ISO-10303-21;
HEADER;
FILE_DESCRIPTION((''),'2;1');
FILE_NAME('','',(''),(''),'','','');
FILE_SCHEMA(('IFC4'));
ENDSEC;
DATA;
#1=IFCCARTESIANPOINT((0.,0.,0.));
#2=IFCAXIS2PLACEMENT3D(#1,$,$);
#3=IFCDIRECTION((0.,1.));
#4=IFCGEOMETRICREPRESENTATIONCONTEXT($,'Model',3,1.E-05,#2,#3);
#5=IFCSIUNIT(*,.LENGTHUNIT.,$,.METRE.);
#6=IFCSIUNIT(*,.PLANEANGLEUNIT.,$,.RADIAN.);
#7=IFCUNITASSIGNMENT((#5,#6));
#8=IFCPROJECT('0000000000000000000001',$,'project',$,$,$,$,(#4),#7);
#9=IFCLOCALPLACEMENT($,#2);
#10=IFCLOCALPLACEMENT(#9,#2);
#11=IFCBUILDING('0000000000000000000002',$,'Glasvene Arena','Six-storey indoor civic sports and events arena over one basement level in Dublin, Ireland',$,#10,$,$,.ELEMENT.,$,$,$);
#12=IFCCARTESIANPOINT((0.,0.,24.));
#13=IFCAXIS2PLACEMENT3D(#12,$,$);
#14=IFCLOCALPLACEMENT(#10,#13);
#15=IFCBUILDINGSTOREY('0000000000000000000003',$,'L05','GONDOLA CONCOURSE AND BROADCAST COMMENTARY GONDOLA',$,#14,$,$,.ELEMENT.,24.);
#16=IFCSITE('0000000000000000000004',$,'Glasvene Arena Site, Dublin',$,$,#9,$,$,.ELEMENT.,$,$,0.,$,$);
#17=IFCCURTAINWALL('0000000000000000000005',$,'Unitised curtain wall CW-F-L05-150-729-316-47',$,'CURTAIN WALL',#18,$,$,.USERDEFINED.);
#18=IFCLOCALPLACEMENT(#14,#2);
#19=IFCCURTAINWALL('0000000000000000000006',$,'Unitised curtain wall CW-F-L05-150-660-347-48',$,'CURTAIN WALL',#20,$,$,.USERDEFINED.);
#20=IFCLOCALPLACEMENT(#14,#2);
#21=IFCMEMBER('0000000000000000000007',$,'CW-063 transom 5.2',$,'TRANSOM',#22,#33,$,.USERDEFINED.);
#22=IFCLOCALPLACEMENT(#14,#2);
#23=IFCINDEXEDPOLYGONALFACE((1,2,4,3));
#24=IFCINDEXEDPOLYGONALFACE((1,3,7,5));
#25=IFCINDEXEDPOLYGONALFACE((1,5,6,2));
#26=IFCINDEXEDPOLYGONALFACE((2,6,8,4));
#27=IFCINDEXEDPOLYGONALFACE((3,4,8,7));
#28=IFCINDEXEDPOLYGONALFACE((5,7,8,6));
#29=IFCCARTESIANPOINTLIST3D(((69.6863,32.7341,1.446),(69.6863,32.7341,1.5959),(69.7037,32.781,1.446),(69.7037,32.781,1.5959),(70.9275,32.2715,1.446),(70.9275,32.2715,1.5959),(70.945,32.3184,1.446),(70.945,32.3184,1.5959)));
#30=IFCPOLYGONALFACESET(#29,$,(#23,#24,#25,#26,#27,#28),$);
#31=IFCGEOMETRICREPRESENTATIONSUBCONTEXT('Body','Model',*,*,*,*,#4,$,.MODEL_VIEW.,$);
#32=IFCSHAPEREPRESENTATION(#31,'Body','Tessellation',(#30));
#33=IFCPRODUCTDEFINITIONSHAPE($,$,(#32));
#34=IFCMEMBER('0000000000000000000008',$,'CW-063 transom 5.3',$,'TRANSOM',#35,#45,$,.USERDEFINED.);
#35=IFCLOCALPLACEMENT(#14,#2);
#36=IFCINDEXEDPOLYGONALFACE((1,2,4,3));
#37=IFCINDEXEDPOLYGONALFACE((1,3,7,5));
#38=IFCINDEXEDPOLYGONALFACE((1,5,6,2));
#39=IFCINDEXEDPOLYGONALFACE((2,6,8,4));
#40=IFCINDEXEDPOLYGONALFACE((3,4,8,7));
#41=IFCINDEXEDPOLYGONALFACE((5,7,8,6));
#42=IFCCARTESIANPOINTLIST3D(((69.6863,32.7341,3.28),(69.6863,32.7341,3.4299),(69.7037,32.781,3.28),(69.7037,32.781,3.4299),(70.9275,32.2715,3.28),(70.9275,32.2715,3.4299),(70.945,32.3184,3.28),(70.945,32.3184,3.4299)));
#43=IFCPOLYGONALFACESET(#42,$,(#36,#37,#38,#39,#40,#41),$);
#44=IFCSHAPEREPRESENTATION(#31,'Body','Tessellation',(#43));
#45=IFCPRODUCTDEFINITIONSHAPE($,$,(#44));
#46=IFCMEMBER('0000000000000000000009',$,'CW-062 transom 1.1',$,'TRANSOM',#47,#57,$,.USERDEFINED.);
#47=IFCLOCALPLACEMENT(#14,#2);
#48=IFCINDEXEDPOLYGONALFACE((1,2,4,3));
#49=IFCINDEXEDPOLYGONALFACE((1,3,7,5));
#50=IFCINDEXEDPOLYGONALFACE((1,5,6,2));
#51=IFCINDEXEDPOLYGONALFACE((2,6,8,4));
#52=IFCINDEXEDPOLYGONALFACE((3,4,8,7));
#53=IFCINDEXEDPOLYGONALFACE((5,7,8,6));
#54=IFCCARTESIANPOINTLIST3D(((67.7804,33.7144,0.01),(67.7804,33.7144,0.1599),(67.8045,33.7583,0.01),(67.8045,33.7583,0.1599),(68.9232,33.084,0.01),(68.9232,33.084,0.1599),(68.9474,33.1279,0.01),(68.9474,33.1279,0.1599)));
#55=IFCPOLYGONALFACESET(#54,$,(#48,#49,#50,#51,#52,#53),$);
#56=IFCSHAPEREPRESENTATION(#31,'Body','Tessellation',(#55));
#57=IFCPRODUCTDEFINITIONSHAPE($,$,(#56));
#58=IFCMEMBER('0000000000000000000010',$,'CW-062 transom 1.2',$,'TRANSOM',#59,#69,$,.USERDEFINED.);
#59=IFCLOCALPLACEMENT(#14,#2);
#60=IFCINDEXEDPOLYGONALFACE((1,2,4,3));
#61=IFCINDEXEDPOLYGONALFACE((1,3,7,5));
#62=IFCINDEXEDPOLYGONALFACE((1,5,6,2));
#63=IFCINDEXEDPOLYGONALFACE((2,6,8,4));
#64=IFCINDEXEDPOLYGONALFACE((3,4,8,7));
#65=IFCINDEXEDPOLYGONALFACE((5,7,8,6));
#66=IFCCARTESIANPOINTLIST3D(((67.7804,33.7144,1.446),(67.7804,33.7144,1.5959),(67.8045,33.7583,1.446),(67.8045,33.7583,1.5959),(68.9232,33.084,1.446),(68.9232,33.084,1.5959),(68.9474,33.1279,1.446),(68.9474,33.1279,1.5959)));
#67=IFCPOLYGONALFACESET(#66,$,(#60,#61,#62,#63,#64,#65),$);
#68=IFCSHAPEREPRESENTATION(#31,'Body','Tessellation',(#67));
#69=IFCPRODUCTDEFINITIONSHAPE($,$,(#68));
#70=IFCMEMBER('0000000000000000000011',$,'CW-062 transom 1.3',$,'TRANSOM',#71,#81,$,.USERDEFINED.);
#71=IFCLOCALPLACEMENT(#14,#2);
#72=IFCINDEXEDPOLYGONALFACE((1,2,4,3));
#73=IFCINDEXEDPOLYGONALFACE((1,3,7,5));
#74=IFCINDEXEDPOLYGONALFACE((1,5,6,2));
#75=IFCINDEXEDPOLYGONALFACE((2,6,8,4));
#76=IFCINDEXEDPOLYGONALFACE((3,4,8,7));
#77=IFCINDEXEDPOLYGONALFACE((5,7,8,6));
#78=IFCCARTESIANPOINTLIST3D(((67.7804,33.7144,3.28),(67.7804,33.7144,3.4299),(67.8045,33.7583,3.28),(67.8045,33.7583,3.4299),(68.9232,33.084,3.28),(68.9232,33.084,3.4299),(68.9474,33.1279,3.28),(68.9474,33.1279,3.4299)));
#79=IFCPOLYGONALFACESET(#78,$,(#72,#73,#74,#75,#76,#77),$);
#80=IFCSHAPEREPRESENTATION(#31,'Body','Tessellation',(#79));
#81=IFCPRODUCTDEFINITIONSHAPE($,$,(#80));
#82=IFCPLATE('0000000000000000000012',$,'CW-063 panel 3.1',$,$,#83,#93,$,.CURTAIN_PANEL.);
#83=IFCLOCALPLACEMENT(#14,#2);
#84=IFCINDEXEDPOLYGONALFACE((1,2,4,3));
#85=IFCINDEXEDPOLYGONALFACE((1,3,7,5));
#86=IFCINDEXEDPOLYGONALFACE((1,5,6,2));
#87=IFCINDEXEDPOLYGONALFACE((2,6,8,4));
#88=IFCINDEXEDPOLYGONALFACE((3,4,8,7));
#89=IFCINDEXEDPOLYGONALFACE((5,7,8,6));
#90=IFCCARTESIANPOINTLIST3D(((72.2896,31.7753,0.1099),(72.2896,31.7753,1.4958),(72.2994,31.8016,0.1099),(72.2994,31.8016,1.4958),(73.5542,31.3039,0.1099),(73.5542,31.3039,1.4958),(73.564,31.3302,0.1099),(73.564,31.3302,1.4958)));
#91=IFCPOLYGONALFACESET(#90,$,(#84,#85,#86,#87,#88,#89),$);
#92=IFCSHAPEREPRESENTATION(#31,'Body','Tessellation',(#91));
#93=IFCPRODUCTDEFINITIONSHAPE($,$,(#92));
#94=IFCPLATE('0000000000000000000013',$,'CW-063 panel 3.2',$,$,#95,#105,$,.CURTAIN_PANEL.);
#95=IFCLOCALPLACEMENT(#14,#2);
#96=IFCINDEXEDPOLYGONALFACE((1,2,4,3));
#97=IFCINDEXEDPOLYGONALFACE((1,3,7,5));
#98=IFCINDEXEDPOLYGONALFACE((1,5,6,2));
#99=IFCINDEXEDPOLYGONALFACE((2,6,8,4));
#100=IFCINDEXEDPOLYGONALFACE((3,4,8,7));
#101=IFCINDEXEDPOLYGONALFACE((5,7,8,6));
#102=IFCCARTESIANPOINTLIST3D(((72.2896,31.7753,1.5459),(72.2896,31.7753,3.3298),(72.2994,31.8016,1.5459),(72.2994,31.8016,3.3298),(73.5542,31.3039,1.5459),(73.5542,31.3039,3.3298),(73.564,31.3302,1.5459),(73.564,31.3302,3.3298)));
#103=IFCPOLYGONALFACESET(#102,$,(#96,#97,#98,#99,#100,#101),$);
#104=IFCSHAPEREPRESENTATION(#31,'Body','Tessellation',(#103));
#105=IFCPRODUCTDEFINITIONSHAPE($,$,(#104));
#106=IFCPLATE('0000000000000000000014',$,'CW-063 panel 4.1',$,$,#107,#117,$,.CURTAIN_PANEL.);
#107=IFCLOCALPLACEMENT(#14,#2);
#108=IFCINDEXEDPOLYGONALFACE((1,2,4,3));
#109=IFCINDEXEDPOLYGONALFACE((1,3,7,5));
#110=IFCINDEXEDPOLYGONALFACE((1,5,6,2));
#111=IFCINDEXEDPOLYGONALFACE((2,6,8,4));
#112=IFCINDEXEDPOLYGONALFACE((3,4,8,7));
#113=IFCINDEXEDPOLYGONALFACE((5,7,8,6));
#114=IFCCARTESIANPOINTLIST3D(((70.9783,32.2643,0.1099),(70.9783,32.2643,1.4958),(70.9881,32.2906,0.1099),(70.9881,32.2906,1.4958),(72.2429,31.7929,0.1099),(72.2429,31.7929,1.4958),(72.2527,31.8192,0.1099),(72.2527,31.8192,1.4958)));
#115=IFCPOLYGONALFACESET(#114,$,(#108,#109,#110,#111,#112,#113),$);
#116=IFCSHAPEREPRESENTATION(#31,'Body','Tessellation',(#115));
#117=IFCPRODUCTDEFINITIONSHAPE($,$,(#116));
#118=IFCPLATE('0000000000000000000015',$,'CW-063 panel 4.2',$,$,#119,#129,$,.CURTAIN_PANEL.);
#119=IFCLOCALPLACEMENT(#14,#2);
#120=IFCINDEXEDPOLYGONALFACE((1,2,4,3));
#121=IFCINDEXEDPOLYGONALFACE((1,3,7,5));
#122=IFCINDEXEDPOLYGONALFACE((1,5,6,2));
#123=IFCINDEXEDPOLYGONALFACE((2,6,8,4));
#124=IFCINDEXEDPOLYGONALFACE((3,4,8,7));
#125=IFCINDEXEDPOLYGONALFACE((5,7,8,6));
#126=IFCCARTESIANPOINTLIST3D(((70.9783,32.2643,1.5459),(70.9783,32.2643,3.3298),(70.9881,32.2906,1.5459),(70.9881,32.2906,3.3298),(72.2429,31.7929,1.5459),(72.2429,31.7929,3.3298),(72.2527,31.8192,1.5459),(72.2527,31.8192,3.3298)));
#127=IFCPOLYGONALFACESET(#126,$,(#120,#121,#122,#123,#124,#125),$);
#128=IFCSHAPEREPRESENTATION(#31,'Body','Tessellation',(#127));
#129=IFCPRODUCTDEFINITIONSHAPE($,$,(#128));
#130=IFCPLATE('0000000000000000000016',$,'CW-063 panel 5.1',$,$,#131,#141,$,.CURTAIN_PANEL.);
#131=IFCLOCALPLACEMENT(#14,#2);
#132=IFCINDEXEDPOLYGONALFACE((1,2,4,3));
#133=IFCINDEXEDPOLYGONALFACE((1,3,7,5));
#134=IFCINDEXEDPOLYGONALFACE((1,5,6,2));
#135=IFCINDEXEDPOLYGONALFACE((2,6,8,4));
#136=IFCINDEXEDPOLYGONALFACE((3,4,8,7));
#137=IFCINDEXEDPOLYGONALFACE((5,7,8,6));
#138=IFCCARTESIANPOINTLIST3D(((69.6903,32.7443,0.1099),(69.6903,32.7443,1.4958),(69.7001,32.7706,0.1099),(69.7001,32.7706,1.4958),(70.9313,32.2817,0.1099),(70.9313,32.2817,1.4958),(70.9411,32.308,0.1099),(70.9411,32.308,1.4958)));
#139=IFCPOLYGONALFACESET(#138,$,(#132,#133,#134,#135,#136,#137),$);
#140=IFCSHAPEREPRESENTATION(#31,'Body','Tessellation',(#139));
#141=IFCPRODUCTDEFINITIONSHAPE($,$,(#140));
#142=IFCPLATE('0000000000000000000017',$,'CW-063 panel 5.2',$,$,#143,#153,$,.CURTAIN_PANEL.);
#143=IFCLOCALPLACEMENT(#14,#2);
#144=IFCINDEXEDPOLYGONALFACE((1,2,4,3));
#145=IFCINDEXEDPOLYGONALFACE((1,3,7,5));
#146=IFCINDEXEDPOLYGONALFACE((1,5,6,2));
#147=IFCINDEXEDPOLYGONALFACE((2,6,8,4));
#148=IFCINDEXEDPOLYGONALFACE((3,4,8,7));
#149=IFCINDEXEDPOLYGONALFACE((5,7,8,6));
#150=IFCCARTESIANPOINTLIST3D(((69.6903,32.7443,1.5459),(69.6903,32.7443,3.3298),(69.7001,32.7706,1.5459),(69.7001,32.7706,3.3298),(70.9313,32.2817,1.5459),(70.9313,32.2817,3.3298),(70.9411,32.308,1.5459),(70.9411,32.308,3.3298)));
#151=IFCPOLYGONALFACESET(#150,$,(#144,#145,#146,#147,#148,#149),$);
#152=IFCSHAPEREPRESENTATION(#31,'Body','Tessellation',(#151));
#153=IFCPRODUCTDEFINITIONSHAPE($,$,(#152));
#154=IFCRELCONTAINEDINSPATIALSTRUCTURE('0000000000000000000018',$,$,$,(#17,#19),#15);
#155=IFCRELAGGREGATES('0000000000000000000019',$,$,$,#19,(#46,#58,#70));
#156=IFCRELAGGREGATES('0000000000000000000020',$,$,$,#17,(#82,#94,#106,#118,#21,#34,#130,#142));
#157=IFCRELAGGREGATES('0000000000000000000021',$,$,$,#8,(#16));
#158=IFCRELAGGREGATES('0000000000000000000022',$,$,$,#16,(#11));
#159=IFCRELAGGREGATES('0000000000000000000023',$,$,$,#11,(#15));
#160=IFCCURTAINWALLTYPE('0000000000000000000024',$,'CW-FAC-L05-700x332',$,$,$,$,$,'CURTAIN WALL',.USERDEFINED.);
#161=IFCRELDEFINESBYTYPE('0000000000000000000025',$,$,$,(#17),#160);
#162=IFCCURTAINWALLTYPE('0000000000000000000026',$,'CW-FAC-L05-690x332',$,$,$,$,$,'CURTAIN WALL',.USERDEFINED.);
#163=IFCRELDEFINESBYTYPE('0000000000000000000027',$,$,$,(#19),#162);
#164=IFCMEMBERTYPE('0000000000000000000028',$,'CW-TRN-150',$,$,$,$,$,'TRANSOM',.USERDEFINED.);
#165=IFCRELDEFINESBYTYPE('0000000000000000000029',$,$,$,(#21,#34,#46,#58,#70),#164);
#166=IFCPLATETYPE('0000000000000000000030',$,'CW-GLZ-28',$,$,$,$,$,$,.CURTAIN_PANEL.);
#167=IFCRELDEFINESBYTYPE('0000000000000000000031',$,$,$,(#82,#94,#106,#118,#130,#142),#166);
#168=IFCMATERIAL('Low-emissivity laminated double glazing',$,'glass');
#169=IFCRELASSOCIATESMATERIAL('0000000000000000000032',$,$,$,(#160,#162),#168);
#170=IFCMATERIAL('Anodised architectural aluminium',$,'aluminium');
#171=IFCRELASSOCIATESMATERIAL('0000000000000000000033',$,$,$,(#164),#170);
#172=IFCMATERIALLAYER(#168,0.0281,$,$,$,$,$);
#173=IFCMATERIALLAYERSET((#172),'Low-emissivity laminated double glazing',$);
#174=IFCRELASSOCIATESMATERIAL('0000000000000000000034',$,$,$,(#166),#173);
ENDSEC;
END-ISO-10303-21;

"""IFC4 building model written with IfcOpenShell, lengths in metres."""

from ifc_helpers import new_model, si_unit, direction, frame, origin, origin_2d, place, context, subcontext, project, spatial, rectangle, extrude, material, layer, layer_set, material_profile, profile_set, type_object, element, aggregate, save


model = new_model("IFC4")

# Units and contexts
model_context = context("Model", 3, precision=1e-05, world=origin(), true_north=direction((0.0, 1.0)))
body_context = subcontext(model_context, "Body", "Model", "MODEL_VIEW")
ifc_project = project(units=[si_unit("LENGTHUNIT", "METRE"), si_unit("PLANEANGLEUNIT", "RADIAN")], contexts=[model_context])

# Site, building, storey
site_placement = place(None, origin())
site = spatial("IfcSite", under=ifc_project, at=site_placement, Name="Glasvene Arena Site, Dublin", CompositionType="ELEMENT", RefElevation=0.0)
building_placement = place(site_placement, origin())
building = spatial("IfcBuilding", under=site, at=building_placement, Name="Glasvene Arena", Description="Six-storey indoor civic sports and events arena over one basement level in Dublin, Ireland", CompositionType="ELEMENT")
storey_placement = place(building_placement, frame((0.0, 0.0, 24.0)))
storey = spatial("IfcBuildingStorey", under=building, at=storey_placement, Name="L05", Description="GONDOLA CONCOURSE AND BROADCAST COMMENTARY GONDOLA", CompositionType="ELEMENT", Elevation=24.0)

# Curtain wall
ifc_material_1 = material(Name="Low-emissivity laminated double glazing", Category="glass")
curtain_wall_type_1 = type_object("IfcCurtainWallType", Name="CW-FAC-L05-700x332", ElementType="CURTAIN WALL", PredefinedType="USERDEFINED", material=ifc_material_1)
curtain_wall_1_placement = place(storey_placement, frame((76.2053, 30.3308, 0.0)))
curtain_wall_1 = element("IfcCurtainWall", 1, at=curtain_wall_1_placement, inside=storey, type_object=curtain_wall_type_1, Name="Unitised curtain wall CW-F-L05-150-729-316-47", ObjectType="CURTAIN WALL", PredefinedType="USERDEFINED")
ifc_material_2 = material(Name="Anodised architectural aluminium", Category="aluminium")

# Curtain wall
curtain_wall_type_2 = type_object("IfcCurtainWallType", Name="CW-FAC-L05-690x332", ElementType="CURTAIN WALL", PredefinedType="USERDEFINED", material=ifc_material_1)
curtain_wall_2_placement = place(storey_placement, frame((68.979, 33.0818, 0.0)))
curtain_wall_2 = element("IfcCurtainWall", 2, at=curtain_wall_2_placement, inside=storey, type_object=curtain_wall_type_2, Name="Unitised curtain wall CW-F-L05-150-660-347-48", ObjectType="CURTAIN WALL", PredefinedType="USERDEFINED")

# Members
ifc_material_profile_1 = material_profile(ifc_material_2, rectangle(XDim=0.05, YDim=0.1499, at=origin_2d()), Name="ALU TRANSOM 50x150")
ifc_profile_set_1 = profile_set([ifc_material_profile_1], Name="Anodised architectural aluminium")
member_type_1 = type_object("IfcMemberType", Name="CW-TRN-150", ElementType="TRANSOM", PredefinedType="USERDEFINED", material=ifc_profile_set_1)
member_1_placement = place(storey_placement, frame((70.9363, 32.2949, 1.521), z_axis=(-0.937024, 0.349265, 0.0), x_axis=(-0.349265, -0.937024, 0.0)))
member_1 = element("IfcMember", 3, at=member_1_placement, type_object=member_type_1, Name="CW-063 transom 5.2", ObjectType="TRANSOM", PredefinedType="USERDEFINED", context=body_context, shape_type="SweptSolid", body=[
    extrude(rectangle(XDim=0.05, YDim=0.1499, at=origin_2d()), origin(), (0.0, 0.0, 1.0), 1.3247),
])
member_2_placement = place(storey_placement, frame((70.9363, 32.2949, 3.355), z_axis=(-0.937024, 0.349265, 0.0), x_axis=(-0.349265, -0.937024, 0.0)))
member_2 = element("IfcMember", 4, at=member_2_placement, type_object=member_type_1, Name="CW-063 transom 5.3", ObjectType="TRANSOM", PredefinedType="USERDEFINED", context=body_context, shape_type="SweptSolid", body=[
    extrude(rectangle(XDim=0.05, YDim=0.1499, at=origin_2d()), origin(), (0.0, 0.0, 1.0), 1.3247),
])
member_3_placement = place(storey_placement, frame((68.9353, 33.106, 0.085), z_axis=(-0.875627, 0.482988, 0.0), x_axis=(-0.482988, -0.875627, 0.0)))
member_3 = element("IfcMember", 5, at=member_3_placement, type_object=member_type_1, Name="CW-062 transom 1.1", ObjectType="TRANSOM", PredefinedType="USERDEFINED", context=body_context, shape_type="SweptSolid", body=[
    extrude(rectangle(XDim=0.05, YDim=0.1499, at=origin_2d()), origin(), (0.0, 0.0, 1.0), 1.3052),
])
member_4_placement = place(storey_placement, frame((68.9353, 33.106, 1.521), z_axis=(-0.875627, 0.482988, 0.0), x_axis=(-0.482988, -0.875627, 0.0)))
member_4 = element("IfcMember", 6, at=member_4_placement, type_object=member_type_1, Name="CW-062 transom 1.2", ObjectType="TRANSOM", PredefinedType="USERDEFINED", context=body_context, shape_type="SweptSolid", body=[
    extrude(rectangle(XDim=0.05, YDim=0.1499, at=origin_2d()), origin(), (0.0, 0.0, 1.0), 1.3052),
])
member_5_placement = place(storey_placement, frame((68.9353, 33.106, 3.355), z_axis=(-0.875627, 0.482988, 0.0), x_axis=(-0.482988, -0.875627, 0.0)))
member_5 = element("IfcMember", 7, at=member_5_placement, type_object=member_type_1, Name="CW-062 transom 1.3", ObjectType="TRANSOM", PredefinedType="USERDEFINED", context=body_context, shape_type="SweptSolid", body=[
    extrude(rectangle(XDim=0.05, YDim=0.1499, at=origin_2d()), origin(), (0.0, 0.0, 1.0), 1.3052),
])
aggregate(curtain_wall_2, [member_3, member_4, member_5])

# Plates
ifc_layer = layer(ifc_material_1, 0.0281)
ifc_layer_set = layer_set([ifc_layer], Name="Low-emissivity laminated double glazing")
plate_type = type_object("IfcPlateType", Name="CW-GLZ-28", PredefinedType="CURTAIN_PANEL", material=ifc_layer_set)
plate_1_placement = place(storey_placement, frame((72.9268, 31.5527, 0.1099), z_axis=(0.0, 0.0, 1.0), x_axis=(-0.937012, 0.349297, 0.0)))
plate_1 = element("IfcPlate", 8, at=plate_1_placement, type_object=plate_type, Name="CW-063 panel 3.1", PredefinedType="CURTAIN_PANEL", context=body_context, shape_type="SweptSolid", body=[
    extrude(rectangle(XDim=1.3496, YDim=0.0281, at=origin_2d()), origin(), (0.0, 0.0, 1.0), 1.386),
])
plate_2_placement = place(storey_placement, frame((72.9268, 31.5527, 1.5459), z_axis=(0.0, 0.0, 1.0), x_axis=(-0.937012, 0.349297, 0.0)))
plate_2 = element("IfcPlate", 9, at=plate_2_placement, type_object=plate_type, Name="CW-063 panel 3.2", PredefinedType="CURTAIN_PANEL", context=body_context, shape_type="SweptSolid", body=[
    extrude(rectangle(XDim=1.3496, YDim=0.0281, at=origin_2d()), origin(), (0.0, 0.0, 1.0), 1.7839),
])
plate_3_placement = place(storey_placement, frame((71.6155, 32.0417, 0.1099), z_axis=(0.0, 0.0, 1.0), x_axis=(-0.937012, 0.349297, 0.0)))
plate_3 = element("IfcPlate", 10, at=plate_3_placement, type_object=plate_type, Name="CW-063 panel 4.1", PredefinedType="CURTAIN_PANEL", context=body_context, shape_type="SweptSolid", body=[
    extrude(rectangle(XDim=1.3496, YDim=0.0281, at=origin_2d()), origin(), (0.0, 0.0, 1.0), 1.386),
])
plate_4_placement = place(storey_placement, frame((71.6155, 32.0417, 1.5459), z_axis=(0.0, 0.0, 1.0), x_axis=(-0.937012, 0.349297, 0.0)))
plate_4 = element("IfcPlate", 11, at=plate_4_placement, type_object=plate_type, Name="CW-063 panel 4.2", PredefinedType="CURTAIN_PANEL", context=body_context, shape_type="SweptSolid", body=[
    extrude(rectangle(XDim=1.3496, YDim=0.0281, at=origin_2d()), origin(), (0.0, 0.0, 1.0), 1.7839),
])
plate_5_placement = place(storey_placement, frame((70.3157, 32.5261, 0.1099), z_axis=(0.0, 0.0, 1.0), x_axis=(-0.937012, 0.349297, 0.0)))
plate_5 = element("IfcPlate", 12, at=plate_5_placement, type_object=plate_type, Name="CW-063 panel 5.1", PredefinedType="CURTAIN_PANEL", context=body_context, shape_type="SweptSolid", body=[
    extrude(rectangle(XDim=1.3245, YDim=0.0281, at=origin_2d()), origin(), (0.0, 0.0, 1.0), 1.386),
])
plate_6_placement = place(storey_placement, frame((70.3157, 32.5261, 1.5459), z_axis=(0.0, 0.0, 1.0), x_axis=(-0.937012, 0.349297, 0.0)))
plate_6 = element("IfcPlate", 13, at=plate_6_placement, type_object=plate_type, Name="CW-063 panel 5.2", PredefinedType="CURTAIN_PANEL", context=body_context, shape_type="SweptSolid", body=[
    extrude(rectangle(XDim=1.3245, YDim=0.0281, at=origin_2d()), origin(), (0.0, 0.0, 1.0), 1.7839),
])
aggregate(curtain_wall_1, [plate_1, plate_2, plate_3, plate_4, member_1, member_2, plate_5, plate_6])

save(model, "model.ifc")
